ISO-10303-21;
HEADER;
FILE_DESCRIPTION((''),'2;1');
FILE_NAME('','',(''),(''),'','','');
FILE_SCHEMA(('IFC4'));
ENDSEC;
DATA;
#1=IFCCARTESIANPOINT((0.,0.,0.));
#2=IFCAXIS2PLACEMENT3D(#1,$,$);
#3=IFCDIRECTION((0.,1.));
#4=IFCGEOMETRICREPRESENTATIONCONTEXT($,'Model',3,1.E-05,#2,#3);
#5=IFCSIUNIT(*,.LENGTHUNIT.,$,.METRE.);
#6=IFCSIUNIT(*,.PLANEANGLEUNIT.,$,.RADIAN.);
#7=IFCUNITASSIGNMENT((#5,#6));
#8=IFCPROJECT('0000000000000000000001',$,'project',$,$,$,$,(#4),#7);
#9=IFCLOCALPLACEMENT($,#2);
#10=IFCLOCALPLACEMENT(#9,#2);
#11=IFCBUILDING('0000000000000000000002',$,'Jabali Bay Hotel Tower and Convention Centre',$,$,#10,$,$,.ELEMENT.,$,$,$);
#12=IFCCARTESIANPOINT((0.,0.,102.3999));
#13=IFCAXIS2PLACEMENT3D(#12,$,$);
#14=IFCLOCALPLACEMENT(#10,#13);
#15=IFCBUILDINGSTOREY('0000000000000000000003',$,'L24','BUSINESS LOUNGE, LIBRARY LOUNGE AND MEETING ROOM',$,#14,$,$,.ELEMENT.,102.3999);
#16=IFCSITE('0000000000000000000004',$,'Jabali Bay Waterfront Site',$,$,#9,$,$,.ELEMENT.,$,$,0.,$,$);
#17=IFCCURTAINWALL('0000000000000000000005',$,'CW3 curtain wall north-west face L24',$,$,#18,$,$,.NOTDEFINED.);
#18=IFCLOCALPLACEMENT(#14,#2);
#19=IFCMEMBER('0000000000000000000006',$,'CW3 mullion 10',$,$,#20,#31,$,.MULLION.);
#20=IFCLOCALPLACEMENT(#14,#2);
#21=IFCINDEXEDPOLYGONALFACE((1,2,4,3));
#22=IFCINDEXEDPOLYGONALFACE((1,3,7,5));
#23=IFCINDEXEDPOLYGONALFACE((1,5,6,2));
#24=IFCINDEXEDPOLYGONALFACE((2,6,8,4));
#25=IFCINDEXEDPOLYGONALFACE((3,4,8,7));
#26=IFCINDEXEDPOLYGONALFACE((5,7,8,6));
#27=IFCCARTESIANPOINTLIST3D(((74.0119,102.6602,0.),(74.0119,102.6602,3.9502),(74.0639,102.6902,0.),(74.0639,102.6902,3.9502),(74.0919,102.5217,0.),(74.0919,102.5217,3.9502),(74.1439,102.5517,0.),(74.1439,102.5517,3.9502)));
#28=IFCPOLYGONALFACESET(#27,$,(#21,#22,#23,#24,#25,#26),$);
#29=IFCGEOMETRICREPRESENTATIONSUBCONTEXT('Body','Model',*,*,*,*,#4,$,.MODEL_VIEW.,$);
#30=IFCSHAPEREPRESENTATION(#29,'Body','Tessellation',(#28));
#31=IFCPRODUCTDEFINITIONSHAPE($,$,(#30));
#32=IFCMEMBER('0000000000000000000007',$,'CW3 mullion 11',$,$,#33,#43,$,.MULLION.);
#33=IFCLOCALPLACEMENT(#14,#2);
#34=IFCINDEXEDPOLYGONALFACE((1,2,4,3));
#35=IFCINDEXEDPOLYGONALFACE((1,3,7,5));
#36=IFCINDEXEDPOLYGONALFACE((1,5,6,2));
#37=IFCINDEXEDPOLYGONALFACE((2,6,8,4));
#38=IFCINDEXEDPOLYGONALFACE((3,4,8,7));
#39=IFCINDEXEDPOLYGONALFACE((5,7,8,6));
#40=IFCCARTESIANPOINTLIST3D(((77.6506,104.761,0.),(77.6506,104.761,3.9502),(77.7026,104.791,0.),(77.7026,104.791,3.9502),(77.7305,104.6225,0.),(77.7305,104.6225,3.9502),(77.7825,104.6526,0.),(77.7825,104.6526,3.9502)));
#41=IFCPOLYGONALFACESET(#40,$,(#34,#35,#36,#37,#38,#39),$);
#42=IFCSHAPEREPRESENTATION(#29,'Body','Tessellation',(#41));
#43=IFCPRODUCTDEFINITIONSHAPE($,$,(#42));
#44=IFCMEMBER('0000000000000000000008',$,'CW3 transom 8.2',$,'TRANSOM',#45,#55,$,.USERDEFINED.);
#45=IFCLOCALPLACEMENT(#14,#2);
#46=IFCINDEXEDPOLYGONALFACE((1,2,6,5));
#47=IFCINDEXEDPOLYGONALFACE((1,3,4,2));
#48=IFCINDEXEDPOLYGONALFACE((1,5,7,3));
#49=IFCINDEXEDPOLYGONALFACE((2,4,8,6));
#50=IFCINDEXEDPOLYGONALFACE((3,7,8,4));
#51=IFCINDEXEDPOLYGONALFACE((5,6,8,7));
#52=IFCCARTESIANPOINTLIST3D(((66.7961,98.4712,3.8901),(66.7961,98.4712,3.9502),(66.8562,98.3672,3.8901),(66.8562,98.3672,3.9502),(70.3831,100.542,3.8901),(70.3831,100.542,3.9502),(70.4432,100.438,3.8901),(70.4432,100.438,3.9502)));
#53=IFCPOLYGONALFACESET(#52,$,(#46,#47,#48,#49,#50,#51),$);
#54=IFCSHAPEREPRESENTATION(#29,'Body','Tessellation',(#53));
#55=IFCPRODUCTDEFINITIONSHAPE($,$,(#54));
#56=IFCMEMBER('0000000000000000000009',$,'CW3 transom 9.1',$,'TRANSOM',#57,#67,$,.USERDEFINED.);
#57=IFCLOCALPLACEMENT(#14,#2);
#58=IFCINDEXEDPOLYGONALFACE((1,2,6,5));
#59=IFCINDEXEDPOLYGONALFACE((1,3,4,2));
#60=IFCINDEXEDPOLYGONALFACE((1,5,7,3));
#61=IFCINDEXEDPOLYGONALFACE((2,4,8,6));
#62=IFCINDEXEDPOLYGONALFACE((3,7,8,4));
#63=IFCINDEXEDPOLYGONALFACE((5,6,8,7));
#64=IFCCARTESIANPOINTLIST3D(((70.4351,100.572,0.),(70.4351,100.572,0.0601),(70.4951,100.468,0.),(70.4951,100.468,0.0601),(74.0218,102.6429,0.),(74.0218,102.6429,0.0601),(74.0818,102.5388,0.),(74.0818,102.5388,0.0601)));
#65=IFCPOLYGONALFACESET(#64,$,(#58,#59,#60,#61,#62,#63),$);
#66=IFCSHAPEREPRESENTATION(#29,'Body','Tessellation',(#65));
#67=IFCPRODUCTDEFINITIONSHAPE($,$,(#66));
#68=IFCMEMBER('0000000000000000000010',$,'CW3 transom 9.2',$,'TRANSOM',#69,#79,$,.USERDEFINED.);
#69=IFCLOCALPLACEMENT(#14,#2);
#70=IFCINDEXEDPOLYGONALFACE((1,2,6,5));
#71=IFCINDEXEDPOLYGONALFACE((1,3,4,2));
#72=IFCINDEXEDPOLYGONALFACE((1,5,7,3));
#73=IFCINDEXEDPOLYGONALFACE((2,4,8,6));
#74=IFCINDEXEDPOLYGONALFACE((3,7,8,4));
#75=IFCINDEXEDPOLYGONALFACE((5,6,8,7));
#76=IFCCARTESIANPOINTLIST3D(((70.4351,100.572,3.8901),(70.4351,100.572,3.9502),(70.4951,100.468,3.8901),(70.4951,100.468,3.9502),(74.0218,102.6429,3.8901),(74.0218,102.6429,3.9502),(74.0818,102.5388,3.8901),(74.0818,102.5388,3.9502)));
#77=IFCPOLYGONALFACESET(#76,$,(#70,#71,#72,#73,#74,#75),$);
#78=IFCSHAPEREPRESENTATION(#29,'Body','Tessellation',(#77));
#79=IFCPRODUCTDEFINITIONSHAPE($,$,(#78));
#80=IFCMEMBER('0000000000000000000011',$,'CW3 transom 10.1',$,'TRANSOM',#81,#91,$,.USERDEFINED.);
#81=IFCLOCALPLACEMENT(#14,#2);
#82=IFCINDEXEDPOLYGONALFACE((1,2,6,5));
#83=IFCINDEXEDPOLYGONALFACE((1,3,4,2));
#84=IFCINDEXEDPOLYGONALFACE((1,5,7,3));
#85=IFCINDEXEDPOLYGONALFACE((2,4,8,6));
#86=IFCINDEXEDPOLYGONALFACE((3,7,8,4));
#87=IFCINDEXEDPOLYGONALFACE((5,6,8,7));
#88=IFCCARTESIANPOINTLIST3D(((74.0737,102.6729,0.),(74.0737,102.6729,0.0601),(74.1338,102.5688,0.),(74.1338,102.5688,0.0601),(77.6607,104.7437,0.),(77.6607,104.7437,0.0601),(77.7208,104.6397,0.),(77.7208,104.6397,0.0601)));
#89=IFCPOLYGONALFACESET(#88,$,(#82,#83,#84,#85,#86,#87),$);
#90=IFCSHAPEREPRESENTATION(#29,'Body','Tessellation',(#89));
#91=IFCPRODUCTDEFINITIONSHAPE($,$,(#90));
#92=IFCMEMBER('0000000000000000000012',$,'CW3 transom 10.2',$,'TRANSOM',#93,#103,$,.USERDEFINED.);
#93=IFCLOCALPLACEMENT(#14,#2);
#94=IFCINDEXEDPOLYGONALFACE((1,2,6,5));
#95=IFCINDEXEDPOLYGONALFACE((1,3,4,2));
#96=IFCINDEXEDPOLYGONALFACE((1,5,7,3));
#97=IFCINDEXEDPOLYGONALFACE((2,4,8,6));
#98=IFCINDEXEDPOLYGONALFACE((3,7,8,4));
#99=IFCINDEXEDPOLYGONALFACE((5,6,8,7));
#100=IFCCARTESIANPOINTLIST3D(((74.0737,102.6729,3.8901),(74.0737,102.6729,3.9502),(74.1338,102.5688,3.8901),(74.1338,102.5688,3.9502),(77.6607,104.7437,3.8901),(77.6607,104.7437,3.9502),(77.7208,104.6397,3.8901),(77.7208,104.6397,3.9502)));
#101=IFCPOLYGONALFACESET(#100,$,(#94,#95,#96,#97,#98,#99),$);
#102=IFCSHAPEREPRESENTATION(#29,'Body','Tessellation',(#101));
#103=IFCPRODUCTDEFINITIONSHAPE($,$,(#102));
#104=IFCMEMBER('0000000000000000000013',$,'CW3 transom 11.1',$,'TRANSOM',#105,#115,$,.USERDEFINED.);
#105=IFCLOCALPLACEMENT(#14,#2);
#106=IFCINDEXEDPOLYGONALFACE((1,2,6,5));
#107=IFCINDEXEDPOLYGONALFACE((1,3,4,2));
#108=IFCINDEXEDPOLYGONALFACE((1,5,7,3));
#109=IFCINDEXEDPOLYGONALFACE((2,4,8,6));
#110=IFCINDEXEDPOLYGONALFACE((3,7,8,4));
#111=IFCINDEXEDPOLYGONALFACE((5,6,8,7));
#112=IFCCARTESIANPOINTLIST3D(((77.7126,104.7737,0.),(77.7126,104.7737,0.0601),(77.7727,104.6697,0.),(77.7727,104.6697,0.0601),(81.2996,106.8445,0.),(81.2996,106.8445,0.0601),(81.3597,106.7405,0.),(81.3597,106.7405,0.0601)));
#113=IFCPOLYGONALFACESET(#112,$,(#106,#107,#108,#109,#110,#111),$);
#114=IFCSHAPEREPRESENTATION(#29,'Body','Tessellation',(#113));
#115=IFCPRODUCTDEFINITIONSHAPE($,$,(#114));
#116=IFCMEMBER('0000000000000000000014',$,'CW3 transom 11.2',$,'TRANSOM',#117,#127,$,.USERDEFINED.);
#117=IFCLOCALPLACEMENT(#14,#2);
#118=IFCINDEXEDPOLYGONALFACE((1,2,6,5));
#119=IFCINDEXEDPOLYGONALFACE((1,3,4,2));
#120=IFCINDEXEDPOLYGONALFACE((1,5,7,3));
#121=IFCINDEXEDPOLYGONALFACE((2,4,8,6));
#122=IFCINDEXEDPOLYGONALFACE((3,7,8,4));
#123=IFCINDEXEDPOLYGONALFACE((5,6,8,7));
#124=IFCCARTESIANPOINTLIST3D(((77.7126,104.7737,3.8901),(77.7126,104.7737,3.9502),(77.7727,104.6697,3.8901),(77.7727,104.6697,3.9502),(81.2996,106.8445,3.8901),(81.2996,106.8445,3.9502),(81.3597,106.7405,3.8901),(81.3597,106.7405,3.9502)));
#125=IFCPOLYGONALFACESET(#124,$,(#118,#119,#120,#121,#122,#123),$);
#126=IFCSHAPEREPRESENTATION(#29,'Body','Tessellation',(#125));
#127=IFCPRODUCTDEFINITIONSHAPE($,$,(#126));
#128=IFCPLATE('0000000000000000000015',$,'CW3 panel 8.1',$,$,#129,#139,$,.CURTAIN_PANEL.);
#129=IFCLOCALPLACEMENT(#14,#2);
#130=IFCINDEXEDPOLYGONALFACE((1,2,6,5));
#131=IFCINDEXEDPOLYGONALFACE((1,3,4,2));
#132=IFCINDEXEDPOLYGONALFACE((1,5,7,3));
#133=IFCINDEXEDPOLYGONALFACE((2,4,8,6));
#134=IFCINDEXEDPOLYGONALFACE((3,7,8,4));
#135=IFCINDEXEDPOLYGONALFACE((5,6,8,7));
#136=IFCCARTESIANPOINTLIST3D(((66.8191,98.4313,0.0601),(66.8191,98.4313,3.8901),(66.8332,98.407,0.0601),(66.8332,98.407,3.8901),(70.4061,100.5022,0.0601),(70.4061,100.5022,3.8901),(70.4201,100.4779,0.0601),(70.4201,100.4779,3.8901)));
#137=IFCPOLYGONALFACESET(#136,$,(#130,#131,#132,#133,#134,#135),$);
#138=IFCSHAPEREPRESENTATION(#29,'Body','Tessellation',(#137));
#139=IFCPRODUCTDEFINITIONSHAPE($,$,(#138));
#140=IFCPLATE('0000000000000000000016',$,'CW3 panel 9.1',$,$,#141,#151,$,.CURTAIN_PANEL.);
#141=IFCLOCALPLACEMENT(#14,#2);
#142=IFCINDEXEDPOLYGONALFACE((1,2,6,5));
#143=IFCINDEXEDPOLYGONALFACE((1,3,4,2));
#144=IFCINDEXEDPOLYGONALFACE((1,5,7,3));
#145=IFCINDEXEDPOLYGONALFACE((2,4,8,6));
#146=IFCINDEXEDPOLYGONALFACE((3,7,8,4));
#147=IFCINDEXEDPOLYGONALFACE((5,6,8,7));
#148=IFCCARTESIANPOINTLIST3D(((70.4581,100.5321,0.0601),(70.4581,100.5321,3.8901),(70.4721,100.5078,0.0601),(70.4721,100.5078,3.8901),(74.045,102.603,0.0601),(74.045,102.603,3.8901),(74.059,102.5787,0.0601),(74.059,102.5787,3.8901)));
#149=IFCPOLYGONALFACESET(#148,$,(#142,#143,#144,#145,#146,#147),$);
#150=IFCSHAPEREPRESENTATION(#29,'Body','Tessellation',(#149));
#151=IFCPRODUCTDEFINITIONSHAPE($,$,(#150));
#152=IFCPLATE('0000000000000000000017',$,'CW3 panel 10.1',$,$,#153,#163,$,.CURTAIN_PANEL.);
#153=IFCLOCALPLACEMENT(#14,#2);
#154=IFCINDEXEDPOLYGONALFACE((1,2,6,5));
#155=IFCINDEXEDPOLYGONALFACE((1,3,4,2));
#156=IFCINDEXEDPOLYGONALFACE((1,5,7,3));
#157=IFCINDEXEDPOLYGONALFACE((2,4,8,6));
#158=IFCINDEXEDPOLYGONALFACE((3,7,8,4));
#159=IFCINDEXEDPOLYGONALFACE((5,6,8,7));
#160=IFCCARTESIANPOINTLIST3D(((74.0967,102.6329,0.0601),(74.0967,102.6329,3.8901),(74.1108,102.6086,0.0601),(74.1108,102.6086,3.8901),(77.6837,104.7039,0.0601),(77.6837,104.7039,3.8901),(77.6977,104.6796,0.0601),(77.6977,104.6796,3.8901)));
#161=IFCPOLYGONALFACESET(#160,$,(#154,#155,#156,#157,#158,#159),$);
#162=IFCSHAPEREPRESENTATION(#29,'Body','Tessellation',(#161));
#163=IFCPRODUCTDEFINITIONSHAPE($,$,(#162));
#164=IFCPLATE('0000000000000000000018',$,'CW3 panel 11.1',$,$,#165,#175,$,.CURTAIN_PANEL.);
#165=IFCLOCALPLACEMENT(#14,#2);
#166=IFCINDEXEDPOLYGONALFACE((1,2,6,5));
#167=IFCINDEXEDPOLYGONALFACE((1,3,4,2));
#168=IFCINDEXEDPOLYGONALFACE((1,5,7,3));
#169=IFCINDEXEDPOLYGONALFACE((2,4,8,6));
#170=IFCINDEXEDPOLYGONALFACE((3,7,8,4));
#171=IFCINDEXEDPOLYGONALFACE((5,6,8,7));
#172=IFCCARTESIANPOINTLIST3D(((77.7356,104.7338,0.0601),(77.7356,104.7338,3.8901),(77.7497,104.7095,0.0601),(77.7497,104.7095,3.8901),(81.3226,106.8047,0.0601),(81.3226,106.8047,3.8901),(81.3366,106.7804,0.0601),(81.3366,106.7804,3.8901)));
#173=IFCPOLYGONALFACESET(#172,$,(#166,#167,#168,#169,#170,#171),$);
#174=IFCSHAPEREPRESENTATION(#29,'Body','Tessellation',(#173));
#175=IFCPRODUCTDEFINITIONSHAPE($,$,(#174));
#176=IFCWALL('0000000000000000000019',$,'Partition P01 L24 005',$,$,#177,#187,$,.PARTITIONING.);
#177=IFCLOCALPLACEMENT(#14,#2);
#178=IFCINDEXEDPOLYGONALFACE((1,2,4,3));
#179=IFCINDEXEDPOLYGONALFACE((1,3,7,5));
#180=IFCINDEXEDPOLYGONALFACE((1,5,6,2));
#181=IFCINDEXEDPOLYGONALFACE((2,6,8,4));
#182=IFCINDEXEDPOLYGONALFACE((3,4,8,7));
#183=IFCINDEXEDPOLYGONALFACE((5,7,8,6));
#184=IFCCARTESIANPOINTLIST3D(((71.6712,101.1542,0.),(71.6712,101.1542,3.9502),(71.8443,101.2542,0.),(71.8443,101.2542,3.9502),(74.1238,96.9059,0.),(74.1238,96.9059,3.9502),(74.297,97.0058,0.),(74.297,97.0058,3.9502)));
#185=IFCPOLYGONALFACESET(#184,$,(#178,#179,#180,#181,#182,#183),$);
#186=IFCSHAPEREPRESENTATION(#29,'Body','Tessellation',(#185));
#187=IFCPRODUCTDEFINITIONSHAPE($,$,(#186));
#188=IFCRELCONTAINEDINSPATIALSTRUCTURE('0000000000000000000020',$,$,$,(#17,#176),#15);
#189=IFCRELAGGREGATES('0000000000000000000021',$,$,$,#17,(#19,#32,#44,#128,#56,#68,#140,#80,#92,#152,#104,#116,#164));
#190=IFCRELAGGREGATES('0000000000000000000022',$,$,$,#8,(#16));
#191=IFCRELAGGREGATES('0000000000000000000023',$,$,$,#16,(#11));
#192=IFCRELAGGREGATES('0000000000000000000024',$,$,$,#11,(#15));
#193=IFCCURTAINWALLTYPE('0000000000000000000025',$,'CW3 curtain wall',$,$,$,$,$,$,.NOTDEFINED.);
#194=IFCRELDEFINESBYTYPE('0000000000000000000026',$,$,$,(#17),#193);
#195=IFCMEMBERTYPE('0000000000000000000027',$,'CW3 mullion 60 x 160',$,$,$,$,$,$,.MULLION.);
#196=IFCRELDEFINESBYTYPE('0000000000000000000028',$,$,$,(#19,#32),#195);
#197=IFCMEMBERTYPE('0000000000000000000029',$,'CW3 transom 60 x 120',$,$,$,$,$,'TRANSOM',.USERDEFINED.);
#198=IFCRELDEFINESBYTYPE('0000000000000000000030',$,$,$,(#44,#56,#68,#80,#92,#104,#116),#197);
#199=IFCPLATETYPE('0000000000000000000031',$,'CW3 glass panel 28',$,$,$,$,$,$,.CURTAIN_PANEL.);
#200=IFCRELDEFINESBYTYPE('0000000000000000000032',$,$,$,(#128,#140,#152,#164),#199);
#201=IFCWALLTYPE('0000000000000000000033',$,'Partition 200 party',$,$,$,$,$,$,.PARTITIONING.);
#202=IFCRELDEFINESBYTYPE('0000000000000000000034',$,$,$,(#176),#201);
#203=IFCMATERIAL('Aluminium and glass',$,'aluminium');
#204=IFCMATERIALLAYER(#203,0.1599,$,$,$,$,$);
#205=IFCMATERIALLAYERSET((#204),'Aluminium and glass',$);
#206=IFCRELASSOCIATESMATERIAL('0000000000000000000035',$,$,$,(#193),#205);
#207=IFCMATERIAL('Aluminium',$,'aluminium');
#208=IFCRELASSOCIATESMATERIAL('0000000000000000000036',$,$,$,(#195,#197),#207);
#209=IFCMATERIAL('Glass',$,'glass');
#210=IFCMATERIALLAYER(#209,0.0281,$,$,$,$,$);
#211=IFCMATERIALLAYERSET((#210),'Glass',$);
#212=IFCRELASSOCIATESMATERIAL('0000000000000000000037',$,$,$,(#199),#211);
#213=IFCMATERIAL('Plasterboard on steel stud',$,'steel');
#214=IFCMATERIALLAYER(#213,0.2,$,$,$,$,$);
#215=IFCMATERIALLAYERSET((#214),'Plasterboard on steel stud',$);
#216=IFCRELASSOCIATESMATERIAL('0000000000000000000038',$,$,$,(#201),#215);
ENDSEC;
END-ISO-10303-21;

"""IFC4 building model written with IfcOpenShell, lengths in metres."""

from ifc_helpers import new_model, si_unit, direction, frame, frame_2d, origin, origin_2d, place, context, subcontext, project, spatial, rectangle, extrude, material, layer, layer_set, material_profile, profile_set, type_object, element, aggregate, save


model = new_model("IFC4")

# Units and contexts
model_context = context("Model", 3, precision=1e-05, world=origin(), true_north=direction((0.0, 1.0)))
body_context = subcontext(model_context, "Body", "Model", "MODEL_VIEW")
ifc_project = project(units=[si_unit("LENGTHUNIT", "METRE"), si_unit("PLANEANGLEUNIT", "RADIAN")], contexts=[model_context])

# Site, building, storey
site_placement = place(None, origin())
site = spatial("IfcSite", under=ifc_project, at=site_placement, Name="Jabali Bay Waterfront Site", CompositionType="ELEMENT", RefElevation=0.0)
building_placement = place(site_placement, origin())
building = spatial("IfcBuilding", under=site, at=building_placement, Name="Jabali Bay Hotel Tower and Convention Centre", CompositionType="ELEMENT")
storey_placement = place(building_placement, frame((0.0, 0.0, 102.3999)))
storey = spatial("IfcBuildingStorey", under=building, at=storey_placement, Name="L24", Description="BUSINESS LOUNGE, LIBRARY LOUNGE AND MEETING ROOM", CompositionType="ELEMENT", Elevation=102.3999)

# Curtain wall, members, plates
ifc_material_1 = material(Name="Aluminium and glass", Category="aluminium")
ifc_layer_1 = layer(ifc_material_1, 0.1599)
ifc_layer_set_1 = layer_set([ifc_layer_1], Name="Aluminium and glass")
curtain_wall_type = type_object("IfcCurtainWallType", Name="CW3 curtain wall", PredefinedType="NOTDEFINED", material=ifc_layer_set_1)
curtain_wall_placement = place(storey_placement, origin())
curtain_wall = element("IfcCurtainWall", 1, at=curtain_wall_placement, inside=storey, type_object=curtain_wall_type, Name="CW3 curtain wall north-west face L24", PredefinedType="NOTDEFINED")
ifc_material_2 = material(Name="Aluminium", Category="aluminium")
ifc_material_profile_1 = material_profile(ifc_material_2, rectangle(XDim=0.1599, YDim=0.0601, at=origin_2d()), Name="CW3 mullion 60 x 160")
ifc_profile_set_1 = profile_set([ifc_material_profile_1], Name="Aluminium")
member_type_1 = type_object("IfcMemberType", Name="CW3 mullion 60 x 160", PredefinedType="MULLION", material=ifc_profile_set_1)
member_1_placement = place(storey_placement, frame((74.0779, 102.606, 0.0), z_axis=(0.0, 0.0, 1.0), x_axis=(-0.5, 0.866025, 0.0)))
member_1 = element("IfcMember", 2, at=member_1_placement, type_object=member_type_1, Name="CW3 mullion 10", PredefinedType="MULLION", context=body_context, shape_type="SweptSolid", body=[
    extrude(rectangle(XDim=0.1599, YDim=0.0601, at=origin_2d()), origin(), (0.0, 0.0, 1.0), 3.9502),
])
member_2_placement = place(storey_placement, frame((77.7166, 104.7068, 0.0), z_axis=(0.0, 0.0, 1.0), x_axis=(-0.5, 0.866025, 0.0)))
member_2 = element("IfcMember", 3, at=member_2_placement, type_object=member_type_1, Name="CW3 mullion 11", PredefinedType="MULLION", context=body_context, shape_type="SweptSolid", body=[
    extrude(rectangle(XDim=0.1599, YDim=0.0601, at=origin_2d()), origin(), (0.0, 0.0, 1.0), 3.9502),
])
ifc_material_profile_2 = material_profile(ifc_material_2, rectangle(XDim=0.1201, YDim=0.0601, at=origin_2d()), Name="CW3 transom 60 x 120")
ifc_profile_set_2 = profile_set([ifc_material_profile_2], Name="Aluminium")
member_type_2 = type_object("IfcMemberType", Name="CW3 transom 60 x 120", ElementType="TRANSOM", PredefinedType="USERDEFINED", material=ifc_profile_set_2)
member_3_placement = place(storey_placement, frame((66.8262, 98.4192, 3.9202), z_axis=(0.866036, 0.499981, 0.0), x_axis=(-0.499981, 0.866036, 0.0)))
member_3 = element("IfcMember", 4, at=member_3_placement, type_object=member_type_2, Name="CW3 transom 8.2", ObjectType="TRANSOM", PredefinedType="USERDEFINED", context=body_context, shape_type="SweptSolid", body=[
    extrude(rectangle(XDim=0.1201, YDim=0.0601, at=origin_2d()), origin(), (0.0, 0.0, 1.0), 4.1418),
])
member_4_placement = place(storey_placement, frame((70.4651, 100.52, 0.03), z_axis=(0.866022, 0.500007, 0.0), x_axis=(-0.500007, 0.866022, 0.0)))
member_4 = element("IfcMember", 5, at=member_4_placement, type_object=member_type_2, Name="CW3 transom 9.1", ObjectType="TRANSOM", PredefinedType="USERDEFINED", context=body_context, shape_type="SweptSolid", body=[
    extrude(rectangle(XDim=0.1201, YDim=0.0601, at=origin_2d()), origin(), (0.0, 0.0, 1.0), 4.1416),
])
member_5_placement = place(storey_placement, frame((70.4651, 100.52, 3.9202), z_axis=(0.866022, 0.500007, 0.0), x_axis=(-0.500007, 0.866022, 0.0)))
member_5 = element("IfcMember", 6, at=member_5_placement, type_object=member_type_2, Name="CW3 transom 9.2", ObjectType="TRANSOM", PredefinedType="USERDEFINED", context=body_context, shape_type="SweptSolid", body=[
    extrude(rectangle(XDim=0.1201, YDim=0.0601, at=origin_2d()), origin(), (0.0, 0.0, 1.0), 4.1416),
])
member_6_placement = place(storey_placement, frame((74.1038, 102.6208, 0.03), z_axis=(0.866036, 0.499981, 0.0), x_axis=(-0.499981, 0.866036, 0.0)))
member_6 = element("IfcMember", 7, at=member_6_placement, type_object=member_type_2, Name="CW3 transom 10.1", ObjectType="TRANSOM", PredefinedType="USERDEFINED", context=body_context, shape_type="SweptSolid", body=[
    extrude(rectangle(XDim=0.1201, YDim=0.0601, at=origin_2d()), origin(), (0.0, 0.0, 1.0), 4.1418),
])
member_7_placement = place(storey_placement, frame((74.1038, 102.6208, 3.9202), z_axis=(0.866036, 0.499981, 0.0), x_axis=(-0.499981, 0.866036, 0.0)))
member_7 = element("IfcMember", 8, at=member_7_placement, type_object=member_type_2, Name="CW3 transom 10.2", ObjectType="TRANSOM", PredefinedType="USERDEFINED", context=body_context, shape_type="SweptSolid", body=[
    extrude(rectangle(XDim=0.1201, YDim=0.0601, at=origin_2d()), origin(), (0.0, 0.0, 1.0), 4.1418),
])
member_8_placement = place(storey_placement, frame((77.7427, 104.7217, 0.03), z_axis=(0.866036, 0.499981, 0.0), x_axis=(-0.499981, 0.866036, 0.0)))
member_8 = element("IfcMember", 9, at=member_8_placement, type_object=member_type_2, Name="CW3 transom 11.1", ObjectType="TRANSOM", PredefinedType="USERDEFINED", context=body_context, shape_type="SweptSolid", body=[
    extrude(rectangle(XDim=0.1201, YDim=0.0601, at=origin_2d()), origin(), (0.0, 0.0, 1.0), 4.1418),
])
member_9_placement = place(storey_placement, frame((77.7427, 104.7217, 3.9202), z_axis=(0.866036, 0.499981, 0.0), x_axis=(-0.499981, 0.866036, 0.0)))
member_9 = element("IfcMember", 10, at=member_9_placement, type_object=member_type_2, Name="CW3 transom 11.2", ObjectType="TRANSOM", PredefinedType="USERDEFINED", context=body_context, shape_type="SweptSolid", body=[
    extrude(rectangle(XDim=0.1201, YDim=0.0601, at=origin_2d()), origin(), (0.0, 0.0, 1.0), 4.1418),
])
ifc_material_3 = material(Name="Glass", Category="glass")
ifc_layer_2 = layer(ifc_material_3, 0.0281)
ifc_layer_set_2 = layer_set([ifc_layer_2], Name="Glass")
plate_type = type_object("IfcPlateType", Name="CW3 glass panel 28", PredefinedType="CURTAIN_PANEL", material=ifc_layer_set_2)
plate_1_placement = place(storey_placement, frame((68.6196, 99.4546, 0.0601), z_axis=(0.0, 0.0, 1.0), x_axis=(0.866025, 0.5, 0.0)))
plate_1 = element("IfcPlate", 11, at=plate_1_placement, type_object=plate_type, Name="CW3 panel 8.1", PredefinedType="CURTAIN_PANEL", context=body_context, shape_type="SweptSolid", body=[
    extrude(rectangle(XDim=4.1418, YDim=0.0281, at=origin_2d()), origin(), (0.0, 0.0, 1.0), 3.8301),
])
plate_2_placement = place(storey_placement, frame((72.2585, 101.5554, 0.0601), z_axis=(0.0, 0.0, 1.0), x_axis=(0.866025, 0.5, 0.0)))
plate_2 = element("IfcPlate", 12, at=plate_2_placement, type_object=plate_type, Name="CW3 panel 9.1", PredefinedType="CURTAIN_PANEL", context=body_context, shape_type="SweptSolid", body=[
    extrude(rectangle(XDim=4.1418, YDim=0.0281, at=origin_2d()), origin(), (0.0, 0.0, 1.0), 3.8301),
])
plate_3_placement = place(storey_placement, frame((75.8972, 103.6562, 0.0601), z_axis=(0.0, 0.0, 1.0), x_axis=(0.866025, 0.5, 0.0)))
plate_3 = element("IfcPlate", 13, at=plate_3_placement, type_object=plate_type, Name="CW3 panel 10.1", PredefinedType="CURTAIN_PANEL", context=body_context, shape_type="SweptSolid", body=[
    extrude(rectangle(XDim=4.1418, YDim=0.0281, at=origin_2d()), origin(), (0.0, 0.0, 1.0), 3.8301),
])
plate_4_placement = place(storey_placement, frame((79.5361, 105.7571, 0.0601), z_axis=(0.0, 0.0, 1.0), x_axis=(0.866025, 0.5, 0.0)))
plate_4 = element("IfcPlate", 14, at=plate_4_placement, type_object=plate_type, Name="CW3 panel 11.1", PredefinedType="CURTAIN_PANEL", context=body_context, shape_type="SweptSolid", body=[
    extrude(rectangle(XDim=4.1418, YDim=0.0281, at=origin_2d()), origin(), (0.0, 0.0, 1.0), 3.8301),
])
aggregate(curtain_wall, [member_1, member_2, member_3, plate_1, member_4, member_5, plate_2, member_6, member_7, plate_3, member_8, member_9, plate_4])

# Wall
ifc_material_4 = material(Name="Plasterboard on steel stud", Category="steel")
ifc_layer_3 = layer(ifc_material_4, 0.2)
ifc_layer_set_3 = layer_set([ifc_layer_3], Name="Plasterboard on steel stud")
wall_type = type_object("IfcWallType", Name="Partition 200 party", PredefinedType="PARTITIONING", material=ifc_layer_set_3)
wall_placement = place(storey_placement, frame((71.7578, 101.2041, 0.0), z_axis=(0.0, 0.0, 1.0), x_axis=(0.499982, -0.866036, 0.0)))
element("IfcWall", 15, at=wall_placement, inside=storey, type_object=wall_type, Name="Partition P01 L24 005", PredefinedType="PARTITIONING", context=body_context, shape_type="SweptSolid", body=[
    extrude(rectangle(XDim=4.9055, YDim=0.2, at=frame_2d((2.4526, 0.0))), origin(), (0.0, 0.0, 1.0), 3.9502),
])

save(model, "model.ifc")
